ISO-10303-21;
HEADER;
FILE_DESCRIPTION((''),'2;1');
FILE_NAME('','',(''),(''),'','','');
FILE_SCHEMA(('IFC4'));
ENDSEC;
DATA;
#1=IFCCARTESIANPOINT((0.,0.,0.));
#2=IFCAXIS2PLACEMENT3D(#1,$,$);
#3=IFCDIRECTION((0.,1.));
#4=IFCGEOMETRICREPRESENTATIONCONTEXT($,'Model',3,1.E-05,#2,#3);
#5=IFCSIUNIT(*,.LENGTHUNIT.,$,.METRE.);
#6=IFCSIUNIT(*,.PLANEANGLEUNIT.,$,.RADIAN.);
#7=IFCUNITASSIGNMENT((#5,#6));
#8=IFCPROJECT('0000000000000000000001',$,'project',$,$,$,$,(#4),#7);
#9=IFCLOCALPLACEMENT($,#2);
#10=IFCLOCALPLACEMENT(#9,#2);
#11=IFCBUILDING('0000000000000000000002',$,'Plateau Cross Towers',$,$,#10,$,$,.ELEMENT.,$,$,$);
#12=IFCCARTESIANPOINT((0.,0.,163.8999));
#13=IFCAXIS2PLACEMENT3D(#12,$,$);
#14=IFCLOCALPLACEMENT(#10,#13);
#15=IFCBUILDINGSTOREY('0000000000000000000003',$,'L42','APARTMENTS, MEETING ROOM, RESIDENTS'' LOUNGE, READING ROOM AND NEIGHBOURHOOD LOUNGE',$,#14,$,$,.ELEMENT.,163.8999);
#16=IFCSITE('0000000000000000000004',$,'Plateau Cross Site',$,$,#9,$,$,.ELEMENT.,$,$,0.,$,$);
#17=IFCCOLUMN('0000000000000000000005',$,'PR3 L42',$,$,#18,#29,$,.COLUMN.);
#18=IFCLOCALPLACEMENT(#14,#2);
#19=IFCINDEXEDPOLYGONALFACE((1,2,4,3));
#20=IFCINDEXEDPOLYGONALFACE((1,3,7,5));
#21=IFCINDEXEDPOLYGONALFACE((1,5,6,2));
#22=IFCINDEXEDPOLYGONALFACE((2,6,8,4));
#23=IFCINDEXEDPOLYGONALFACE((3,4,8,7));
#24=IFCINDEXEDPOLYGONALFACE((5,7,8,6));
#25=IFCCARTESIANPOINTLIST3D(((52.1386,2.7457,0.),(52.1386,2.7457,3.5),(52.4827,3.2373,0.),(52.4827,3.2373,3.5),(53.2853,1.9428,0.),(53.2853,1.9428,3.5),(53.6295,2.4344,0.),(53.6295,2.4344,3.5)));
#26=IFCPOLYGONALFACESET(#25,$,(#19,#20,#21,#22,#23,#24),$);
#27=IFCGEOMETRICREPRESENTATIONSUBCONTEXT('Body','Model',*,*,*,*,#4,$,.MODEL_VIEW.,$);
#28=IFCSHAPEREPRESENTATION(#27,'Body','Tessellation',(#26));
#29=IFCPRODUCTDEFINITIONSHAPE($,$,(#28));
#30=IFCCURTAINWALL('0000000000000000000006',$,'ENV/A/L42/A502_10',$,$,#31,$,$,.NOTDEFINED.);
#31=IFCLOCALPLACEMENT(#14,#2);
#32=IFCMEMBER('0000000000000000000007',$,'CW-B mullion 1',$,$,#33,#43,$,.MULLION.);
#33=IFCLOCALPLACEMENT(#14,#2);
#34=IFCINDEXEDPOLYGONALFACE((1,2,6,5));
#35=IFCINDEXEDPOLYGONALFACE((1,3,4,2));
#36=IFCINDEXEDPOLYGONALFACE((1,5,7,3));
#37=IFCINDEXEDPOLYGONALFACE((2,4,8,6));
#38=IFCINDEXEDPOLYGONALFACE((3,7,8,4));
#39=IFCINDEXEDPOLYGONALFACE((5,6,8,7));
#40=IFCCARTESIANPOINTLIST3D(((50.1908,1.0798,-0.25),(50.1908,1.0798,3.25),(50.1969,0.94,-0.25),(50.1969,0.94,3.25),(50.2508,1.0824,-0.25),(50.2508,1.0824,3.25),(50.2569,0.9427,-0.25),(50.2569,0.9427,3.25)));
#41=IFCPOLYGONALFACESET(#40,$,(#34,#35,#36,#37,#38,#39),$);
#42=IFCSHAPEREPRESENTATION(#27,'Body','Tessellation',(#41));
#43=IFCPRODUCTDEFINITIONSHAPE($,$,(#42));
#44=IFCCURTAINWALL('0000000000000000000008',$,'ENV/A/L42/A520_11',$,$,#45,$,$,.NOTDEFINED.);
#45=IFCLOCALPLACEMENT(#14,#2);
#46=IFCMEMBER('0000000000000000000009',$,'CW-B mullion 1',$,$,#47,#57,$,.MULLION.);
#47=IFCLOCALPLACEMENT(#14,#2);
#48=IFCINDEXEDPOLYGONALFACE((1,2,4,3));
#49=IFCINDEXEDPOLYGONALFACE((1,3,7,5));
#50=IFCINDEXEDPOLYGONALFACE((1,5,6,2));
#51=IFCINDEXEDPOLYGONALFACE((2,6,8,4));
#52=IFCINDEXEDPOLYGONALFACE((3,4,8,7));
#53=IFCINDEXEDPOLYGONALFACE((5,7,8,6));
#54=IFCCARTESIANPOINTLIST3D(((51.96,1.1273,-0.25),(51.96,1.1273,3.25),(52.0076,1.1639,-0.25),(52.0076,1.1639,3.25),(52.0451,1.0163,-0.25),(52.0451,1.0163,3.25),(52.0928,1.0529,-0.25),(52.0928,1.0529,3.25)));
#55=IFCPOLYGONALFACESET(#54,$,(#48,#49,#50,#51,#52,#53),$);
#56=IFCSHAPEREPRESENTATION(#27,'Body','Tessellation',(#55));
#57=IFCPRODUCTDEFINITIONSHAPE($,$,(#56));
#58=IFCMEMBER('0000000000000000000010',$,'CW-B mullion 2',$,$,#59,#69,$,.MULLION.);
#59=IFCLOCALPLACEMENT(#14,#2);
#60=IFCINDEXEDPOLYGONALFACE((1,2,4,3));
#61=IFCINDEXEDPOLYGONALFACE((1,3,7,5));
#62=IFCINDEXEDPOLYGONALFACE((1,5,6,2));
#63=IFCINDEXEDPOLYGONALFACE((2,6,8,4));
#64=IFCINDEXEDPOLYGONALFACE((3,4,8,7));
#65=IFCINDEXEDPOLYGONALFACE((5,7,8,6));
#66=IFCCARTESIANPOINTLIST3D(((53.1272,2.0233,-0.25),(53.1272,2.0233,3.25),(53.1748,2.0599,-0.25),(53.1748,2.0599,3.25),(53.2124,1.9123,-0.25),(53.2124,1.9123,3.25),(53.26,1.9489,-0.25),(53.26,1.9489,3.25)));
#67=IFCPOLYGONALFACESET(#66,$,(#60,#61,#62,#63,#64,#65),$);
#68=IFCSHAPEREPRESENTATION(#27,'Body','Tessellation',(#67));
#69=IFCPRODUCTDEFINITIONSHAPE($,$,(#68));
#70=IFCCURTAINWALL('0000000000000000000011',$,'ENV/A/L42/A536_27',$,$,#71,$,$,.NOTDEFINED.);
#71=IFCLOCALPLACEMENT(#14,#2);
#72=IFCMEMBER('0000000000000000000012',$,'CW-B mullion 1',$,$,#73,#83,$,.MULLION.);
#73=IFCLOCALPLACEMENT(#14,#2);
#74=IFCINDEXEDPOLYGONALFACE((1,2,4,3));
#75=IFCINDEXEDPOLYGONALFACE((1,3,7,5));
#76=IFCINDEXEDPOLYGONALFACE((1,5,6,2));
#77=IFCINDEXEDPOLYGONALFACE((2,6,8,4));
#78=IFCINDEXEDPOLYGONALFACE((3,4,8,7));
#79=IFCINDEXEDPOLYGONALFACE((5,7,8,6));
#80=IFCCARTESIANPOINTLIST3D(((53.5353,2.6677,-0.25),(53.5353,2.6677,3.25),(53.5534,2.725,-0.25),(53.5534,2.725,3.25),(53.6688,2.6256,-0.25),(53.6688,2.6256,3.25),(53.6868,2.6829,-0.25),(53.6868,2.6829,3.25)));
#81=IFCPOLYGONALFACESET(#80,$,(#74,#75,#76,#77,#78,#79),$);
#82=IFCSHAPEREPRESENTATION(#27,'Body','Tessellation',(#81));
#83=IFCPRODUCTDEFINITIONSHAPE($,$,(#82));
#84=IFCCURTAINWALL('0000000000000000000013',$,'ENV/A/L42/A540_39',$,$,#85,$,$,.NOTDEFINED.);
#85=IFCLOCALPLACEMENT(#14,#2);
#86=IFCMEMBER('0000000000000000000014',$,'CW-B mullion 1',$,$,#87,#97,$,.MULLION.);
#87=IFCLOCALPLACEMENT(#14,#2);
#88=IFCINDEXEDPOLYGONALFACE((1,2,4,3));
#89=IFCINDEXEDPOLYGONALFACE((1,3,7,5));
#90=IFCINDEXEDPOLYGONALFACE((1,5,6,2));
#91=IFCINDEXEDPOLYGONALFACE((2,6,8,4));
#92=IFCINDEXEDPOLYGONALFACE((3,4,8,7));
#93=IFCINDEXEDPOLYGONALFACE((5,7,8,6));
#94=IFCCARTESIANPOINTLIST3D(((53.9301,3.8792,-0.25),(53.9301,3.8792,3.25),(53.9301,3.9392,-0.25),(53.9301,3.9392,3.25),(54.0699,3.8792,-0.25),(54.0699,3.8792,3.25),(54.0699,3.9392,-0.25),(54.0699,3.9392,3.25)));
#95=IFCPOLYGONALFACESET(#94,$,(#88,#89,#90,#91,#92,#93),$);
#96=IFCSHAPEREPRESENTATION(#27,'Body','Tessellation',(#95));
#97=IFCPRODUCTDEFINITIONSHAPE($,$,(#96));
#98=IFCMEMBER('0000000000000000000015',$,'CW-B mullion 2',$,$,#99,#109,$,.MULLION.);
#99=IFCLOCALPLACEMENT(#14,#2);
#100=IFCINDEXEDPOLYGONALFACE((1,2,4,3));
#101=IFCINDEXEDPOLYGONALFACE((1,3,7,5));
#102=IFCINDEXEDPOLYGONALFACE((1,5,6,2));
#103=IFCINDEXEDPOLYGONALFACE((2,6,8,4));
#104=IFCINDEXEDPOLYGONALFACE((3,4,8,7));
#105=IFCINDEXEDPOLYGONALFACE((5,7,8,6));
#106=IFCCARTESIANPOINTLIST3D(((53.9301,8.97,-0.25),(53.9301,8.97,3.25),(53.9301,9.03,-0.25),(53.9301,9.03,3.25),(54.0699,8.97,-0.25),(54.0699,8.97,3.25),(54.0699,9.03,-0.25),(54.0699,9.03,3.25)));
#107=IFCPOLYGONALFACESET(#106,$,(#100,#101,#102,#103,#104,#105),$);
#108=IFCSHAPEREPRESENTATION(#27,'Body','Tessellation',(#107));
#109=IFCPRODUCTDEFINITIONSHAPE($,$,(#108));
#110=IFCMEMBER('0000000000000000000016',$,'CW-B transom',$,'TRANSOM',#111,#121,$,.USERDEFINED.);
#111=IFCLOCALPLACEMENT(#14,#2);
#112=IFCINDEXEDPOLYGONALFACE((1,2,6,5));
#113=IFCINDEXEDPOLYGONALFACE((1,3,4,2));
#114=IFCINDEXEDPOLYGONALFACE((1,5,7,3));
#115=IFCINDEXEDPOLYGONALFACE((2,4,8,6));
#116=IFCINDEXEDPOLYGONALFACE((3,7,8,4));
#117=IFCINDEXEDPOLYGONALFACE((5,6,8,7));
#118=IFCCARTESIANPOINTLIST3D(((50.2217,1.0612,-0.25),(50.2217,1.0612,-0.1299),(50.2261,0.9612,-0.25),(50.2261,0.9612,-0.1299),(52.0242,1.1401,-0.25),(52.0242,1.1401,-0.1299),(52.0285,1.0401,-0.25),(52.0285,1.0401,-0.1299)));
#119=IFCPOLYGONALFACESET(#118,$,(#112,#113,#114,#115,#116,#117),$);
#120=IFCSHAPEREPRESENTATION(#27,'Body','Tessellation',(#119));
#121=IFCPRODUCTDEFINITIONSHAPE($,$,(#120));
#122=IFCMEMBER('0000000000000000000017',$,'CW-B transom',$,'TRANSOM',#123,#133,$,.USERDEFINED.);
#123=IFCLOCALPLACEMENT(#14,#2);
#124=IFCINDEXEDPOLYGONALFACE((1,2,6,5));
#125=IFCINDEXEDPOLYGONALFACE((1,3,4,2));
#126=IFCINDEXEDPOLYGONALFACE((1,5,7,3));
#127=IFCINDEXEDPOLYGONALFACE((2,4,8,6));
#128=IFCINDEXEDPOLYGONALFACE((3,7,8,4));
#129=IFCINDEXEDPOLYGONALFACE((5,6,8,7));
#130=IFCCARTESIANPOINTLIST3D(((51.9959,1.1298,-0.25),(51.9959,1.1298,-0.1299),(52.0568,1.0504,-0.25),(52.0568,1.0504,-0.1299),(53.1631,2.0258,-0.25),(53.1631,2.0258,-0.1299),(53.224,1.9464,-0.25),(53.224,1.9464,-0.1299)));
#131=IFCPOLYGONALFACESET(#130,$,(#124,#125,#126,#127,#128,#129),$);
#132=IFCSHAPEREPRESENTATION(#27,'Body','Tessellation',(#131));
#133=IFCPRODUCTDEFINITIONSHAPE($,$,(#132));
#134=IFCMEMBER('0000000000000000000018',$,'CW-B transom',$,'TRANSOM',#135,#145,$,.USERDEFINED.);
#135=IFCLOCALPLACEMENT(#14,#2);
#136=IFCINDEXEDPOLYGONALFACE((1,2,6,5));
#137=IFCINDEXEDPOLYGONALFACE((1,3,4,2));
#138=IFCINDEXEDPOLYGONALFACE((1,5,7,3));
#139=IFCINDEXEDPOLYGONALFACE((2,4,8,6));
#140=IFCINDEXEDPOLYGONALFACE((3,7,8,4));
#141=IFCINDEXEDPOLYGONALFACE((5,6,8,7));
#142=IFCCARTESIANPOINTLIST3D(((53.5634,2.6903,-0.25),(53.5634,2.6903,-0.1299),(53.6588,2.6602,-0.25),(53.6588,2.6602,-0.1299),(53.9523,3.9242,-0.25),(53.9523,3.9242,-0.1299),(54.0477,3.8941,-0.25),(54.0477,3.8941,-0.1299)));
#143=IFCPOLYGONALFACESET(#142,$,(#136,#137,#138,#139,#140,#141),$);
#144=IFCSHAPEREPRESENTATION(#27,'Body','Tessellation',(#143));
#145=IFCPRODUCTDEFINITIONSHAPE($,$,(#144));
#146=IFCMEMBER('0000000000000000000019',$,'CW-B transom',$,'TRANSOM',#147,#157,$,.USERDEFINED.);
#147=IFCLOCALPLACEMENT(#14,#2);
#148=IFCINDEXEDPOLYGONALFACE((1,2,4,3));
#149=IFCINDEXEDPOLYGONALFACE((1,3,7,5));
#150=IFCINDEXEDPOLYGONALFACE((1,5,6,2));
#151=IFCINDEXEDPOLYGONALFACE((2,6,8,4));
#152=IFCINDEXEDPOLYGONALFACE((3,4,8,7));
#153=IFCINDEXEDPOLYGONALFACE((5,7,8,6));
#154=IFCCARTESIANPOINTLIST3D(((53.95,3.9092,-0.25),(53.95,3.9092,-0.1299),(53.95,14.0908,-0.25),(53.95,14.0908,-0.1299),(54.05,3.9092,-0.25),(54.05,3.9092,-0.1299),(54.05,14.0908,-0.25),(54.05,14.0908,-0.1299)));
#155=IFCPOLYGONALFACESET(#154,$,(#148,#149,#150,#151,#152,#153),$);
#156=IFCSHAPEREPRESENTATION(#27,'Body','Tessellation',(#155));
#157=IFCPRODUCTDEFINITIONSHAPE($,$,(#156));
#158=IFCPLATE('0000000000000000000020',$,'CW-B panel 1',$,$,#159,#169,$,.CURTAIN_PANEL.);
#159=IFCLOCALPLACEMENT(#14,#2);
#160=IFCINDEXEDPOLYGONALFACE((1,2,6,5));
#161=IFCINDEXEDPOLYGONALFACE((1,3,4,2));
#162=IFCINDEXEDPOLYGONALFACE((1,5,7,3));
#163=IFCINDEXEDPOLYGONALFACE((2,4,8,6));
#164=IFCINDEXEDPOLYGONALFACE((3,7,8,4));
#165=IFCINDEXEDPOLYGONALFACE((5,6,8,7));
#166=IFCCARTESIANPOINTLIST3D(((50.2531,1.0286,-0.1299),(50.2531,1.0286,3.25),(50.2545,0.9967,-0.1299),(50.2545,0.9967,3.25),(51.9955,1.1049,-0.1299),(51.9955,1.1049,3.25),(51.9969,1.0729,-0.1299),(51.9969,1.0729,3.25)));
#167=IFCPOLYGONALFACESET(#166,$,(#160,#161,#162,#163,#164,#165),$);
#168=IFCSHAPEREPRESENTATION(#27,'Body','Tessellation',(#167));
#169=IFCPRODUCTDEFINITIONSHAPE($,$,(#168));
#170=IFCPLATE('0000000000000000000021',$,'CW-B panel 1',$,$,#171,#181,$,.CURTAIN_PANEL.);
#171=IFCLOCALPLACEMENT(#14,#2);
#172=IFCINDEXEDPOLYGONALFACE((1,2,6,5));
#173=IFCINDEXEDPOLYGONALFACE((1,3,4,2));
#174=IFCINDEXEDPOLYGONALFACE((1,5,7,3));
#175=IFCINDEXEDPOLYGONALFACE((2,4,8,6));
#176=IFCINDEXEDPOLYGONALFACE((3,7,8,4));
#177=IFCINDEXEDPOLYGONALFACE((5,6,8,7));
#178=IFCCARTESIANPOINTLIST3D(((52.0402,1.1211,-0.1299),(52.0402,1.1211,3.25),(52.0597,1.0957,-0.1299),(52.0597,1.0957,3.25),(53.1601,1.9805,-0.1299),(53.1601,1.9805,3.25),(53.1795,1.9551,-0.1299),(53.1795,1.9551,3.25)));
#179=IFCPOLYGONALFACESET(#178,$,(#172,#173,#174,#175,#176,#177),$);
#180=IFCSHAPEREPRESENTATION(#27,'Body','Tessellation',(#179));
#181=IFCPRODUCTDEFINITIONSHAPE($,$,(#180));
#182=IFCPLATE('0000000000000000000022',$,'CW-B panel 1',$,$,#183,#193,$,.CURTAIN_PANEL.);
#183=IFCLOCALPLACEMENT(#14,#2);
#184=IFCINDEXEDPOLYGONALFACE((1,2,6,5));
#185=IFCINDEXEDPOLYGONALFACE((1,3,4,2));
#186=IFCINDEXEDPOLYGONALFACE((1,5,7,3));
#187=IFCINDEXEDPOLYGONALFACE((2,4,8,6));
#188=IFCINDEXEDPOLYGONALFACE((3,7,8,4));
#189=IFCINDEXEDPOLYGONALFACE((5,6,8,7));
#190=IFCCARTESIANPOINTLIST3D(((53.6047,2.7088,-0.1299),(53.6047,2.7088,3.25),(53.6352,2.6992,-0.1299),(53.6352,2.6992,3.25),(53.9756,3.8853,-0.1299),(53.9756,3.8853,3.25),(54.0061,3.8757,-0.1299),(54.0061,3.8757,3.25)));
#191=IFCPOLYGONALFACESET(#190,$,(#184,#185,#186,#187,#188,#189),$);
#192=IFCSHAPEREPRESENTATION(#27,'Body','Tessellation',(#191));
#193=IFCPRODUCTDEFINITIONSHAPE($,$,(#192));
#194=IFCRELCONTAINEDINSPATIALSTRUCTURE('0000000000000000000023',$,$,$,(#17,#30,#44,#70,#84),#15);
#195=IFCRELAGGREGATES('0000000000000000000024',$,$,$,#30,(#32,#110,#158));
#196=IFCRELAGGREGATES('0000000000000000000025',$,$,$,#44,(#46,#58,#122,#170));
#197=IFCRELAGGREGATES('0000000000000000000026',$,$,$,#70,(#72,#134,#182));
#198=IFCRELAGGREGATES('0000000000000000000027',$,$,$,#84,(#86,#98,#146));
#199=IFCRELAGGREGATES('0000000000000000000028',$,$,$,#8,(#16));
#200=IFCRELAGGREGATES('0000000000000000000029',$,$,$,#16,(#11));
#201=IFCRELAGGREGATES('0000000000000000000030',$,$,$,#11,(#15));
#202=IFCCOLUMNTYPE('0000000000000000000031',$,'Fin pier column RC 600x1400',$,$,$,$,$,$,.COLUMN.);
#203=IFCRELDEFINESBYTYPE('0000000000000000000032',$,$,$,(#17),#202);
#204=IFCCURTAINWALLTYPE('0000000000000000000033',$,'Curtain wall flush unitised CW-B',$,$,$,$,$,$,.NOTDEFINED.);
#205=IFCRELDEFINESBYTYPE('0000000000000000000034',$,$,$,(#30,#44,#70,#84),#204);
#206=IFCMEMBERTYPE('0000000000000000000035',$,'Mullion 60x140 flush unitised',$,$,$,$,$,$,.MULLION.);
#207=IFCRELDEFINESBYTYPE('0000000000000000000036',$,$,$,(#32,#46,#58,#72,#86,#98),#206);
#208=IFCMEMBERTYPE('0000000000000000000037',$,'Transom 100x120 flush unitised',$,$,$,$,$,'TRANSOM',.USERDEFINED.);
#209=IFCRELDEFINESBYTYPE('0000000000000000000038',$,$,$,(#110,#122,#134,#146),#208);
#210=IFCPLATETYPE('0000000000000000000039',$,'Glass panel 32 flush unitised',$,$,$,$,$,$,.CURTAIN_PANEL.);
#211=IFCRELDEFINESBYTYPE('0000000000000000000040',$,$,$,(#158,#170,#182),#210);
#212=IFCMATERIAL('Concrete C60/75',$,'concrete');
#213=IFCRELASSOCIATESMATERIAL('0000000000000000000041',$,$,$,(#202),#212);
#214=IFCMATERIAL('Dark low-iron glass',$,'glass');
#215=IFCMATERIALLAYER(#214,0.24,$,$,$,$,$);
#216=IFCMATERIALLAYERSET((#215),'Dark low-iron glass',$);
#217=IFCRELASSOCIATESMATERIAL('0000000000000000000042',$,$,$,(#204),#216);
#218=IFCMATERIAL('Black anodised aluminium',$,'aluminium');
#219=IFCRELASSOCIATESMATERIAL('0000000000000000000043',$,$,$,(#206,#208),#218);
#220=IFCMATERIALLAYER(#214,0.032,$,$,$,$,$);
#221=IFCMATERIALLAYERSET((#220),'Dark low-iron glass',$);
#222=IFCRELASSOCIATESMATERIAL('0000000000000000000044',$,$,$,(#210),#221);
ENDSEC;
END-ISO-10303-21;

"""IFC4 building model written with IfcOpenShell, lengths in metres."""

from ifc_helpers import new_model, si_unit, direction, frame, origin, origin_2d, place, context, subcontext, project, spatial, rectangle, extrude, material, layer, layer_set, material_profile, profile_set, type_object, element, aggregate, save


model = new_model("IFC4")

# Units and contexts
model_context = context("Model", 3, precision=1e-05, world=origin(), true_north=direction((0.0, 1.0)))
body_context = subcontext(model_context, "Body", "Model", "MODEL_VIEW")
ifc_project = project(units=[si_unit("LENGTHUNIT", "METRE"), si_unit("PLANEANGLEUNIT", "RADIAN")], contexts=[model_context])

# Site, building, storey
site_placement = place(None, origin())
site = spatial("IfcSite", under=ifc_project, at=site_placement, Name="Plateau Cross Site", CompositionType="ELEMENT", RefElevation=0.0)
building_placement = place(site_placement, origin())
building = spatial("IfcBuilding", under=site, at=building_placement, Name="Plateau Cross Towers", CompositionType="ELEMENT")
storey_placement = place(building_placement, frame((0.0, 0.0, 163.8999)))
storey = spatial("IfcBuildingStorey", under=building, at=storey_placement, Name="L42", Description="APARTMENTS, MEETING ROOM, RESIDENTS' LOUNGE, READING ROOM AND NEIGHBOURHOOD LOUNGE", CompositionType="ELEMENT", Elevation=163.8999)

# Column
ifc_material_1 = material(Name="Concrete C60/75", Category="concrete")
ifc_material_profile_1 = material_profile(ifc_material_1, rectangle(XDim=0.6001, YDim=1.3999, at=origin_2d()), Name="RC 600x1400")
ifc_profile_set_1 = profile_set([ifc_material_profile_1], Name="Concrete C60/75")
column_type = type_object("IfcColumnType", Name="Fin pier column RC 600x1400", PredefinedType="COLUMN", material=ifc_profile_set_1)
column_placement = place(storey_placement, frame((52.884, 2.5901, 0.0), z_axis=(0.0, 0.0, 1.0), x_axis=(0.573543, 0.819176, 0.0)))
element("IfcColumn", 1, at=column_placement, inside=storey, type_object=column_type, Name="PR3 L42", PredefinedType="COLUMN", context=body_context, shape_type="SweptSolid", body=[
    extrude(rectangle(XDim=0.6001, YDim=1.3999, at=origin_2d()), origin(), (0.0, 0.0, 1.0), 3.5),
])

# Curtain wall, member
ifc_material_2 = material(Name="Dark low-iron glass", Category="glass")
ifc_layer_1 = layer(ifc_material_2, 0.24)
ifc_layer_set_1 = layer_set([ifc_layer_1], Name="Dark low-iron glass")
curtain_wall_type_1 = type_object("IfcCurtainWallType", Name="Curtain wall flush unitised CW-B", PredefinedType="NOTDEFINED", material=ifc_layer_set_1)
curtain_wall_1_placement = place(storey_placement, origin())
curtain_wall_1 = element("IfcCurtainWall", 2, at=curtain_wall_1_placement, inside=storey, type_object=curtain_wall_type_1, Name="ENV/A/L42/A502_10", PredefinedType="NOTDEFINED")
ifc_material_3 = material(Name="Black anodised aluminium", Category="aluminium")
ifc_material_profile_2 = material_profile(ifc_material_3, rectangle(XDim=0.0601, YDim=0.1399, at=origin_2d()), Name="MULLION 60x140")
ifc_profile_set_2 = profile_set([ifc_material_profile_2], Name="Black anodised aluminium")
member_type_1 = type_object("IfcMemberType", Name="Mullion 60x140 flush unitised", PredefinedType="MULLION", material=ifc_profile_set_2)
member_1_placement = place(storey_placement, frame((50.2239, 1.0112, -0.25), z_axis=(0.0, 0.0, 1.0), x_axis=(0.999044, 0.043723, 0.0)))
member_1 = element("IfcMember", 3, at=member_1_placement, type_object=member_type_1, Name="CW-B mullion 1", PredefinedType="MULLION", context=body_context, shape_type="SweptSolid", body=[
    extrude(rectangle(XDim=0.0601, YDim=0.1399, at=origin_2d()), origin(), (0.0, 0.0, 1.0), 3.5),
])

# Curtain wall, members
curtain_wall_2_placement = place(storey_placement, origin())
curtain_wall_2 = element("IfcCurtainWall", 4, at=curtain_wall_2_placement, inside=storey, type_object=curtain_wall_type_1, Name="ENV/A/L42/A520_11", PredefinedType="NOTDEFINED")
member_2_placement = place(storey_placement, frame((52.0264, 1.0901, -0.25), z_axis=(0.0, 0.0, 1.0), x_axis=(0.793316, 0.608811, 0.0)))
member_2 = element("IfcMember", 5, at=member_2_placement, type_object=member_type_1, Name="CW-B mullion 1", PredefinedType="MULLION", context=body_context, shape_type="SweptSolid", body=[
    extrude(rectangle(XDim=0.0601, YDim=0.1399, at=origin_2d()), origin(), (0.0, 0.0, 1.0), 3.5),
])
member_3_placement = place(storey_placement, frame((53.1936, 1.9861, -0.25), z_axis=(0.0, 0.0, 1.0), x_axis=(0.793316, 0.608811, 0.0)))
member_3 = element("IfcMember", 6, at=member_3_placement, type_object=member_type_1, Name="CW-B mullion 2", PredefinedType="MULLION", context=body_context, shape_type="SweptSolid", body=[
    extrude(rectangle(XDim=0.0601, YDim=0.1399, at=origin_2d()), origin(), (0.0, 0.0, 1.0), 3.5),
])

# Curtain wall, member
curtain_wall_3_placement = place(storey_placement, origin())
curtain_wall_3 = element("IfcCurtainWall", 7, at=curtain_wall_3_placement, inside=storey, type_object=curtain_wall_type_1, Name="ENV/A/L42/A536_27", PredefinedType="NOTDEFINED")
member_4_placement = place(storey_placement, frame((53.6111, 2.6753, -0.25), z_axis=(0.0, 0.0, 1.0), x_axis=(0.300686, 0.953723, 0.0)))
member_4 = element("IfcMember", 8, at=member_4_placement, type_object=member_type_1, Name="CW-B mullion 1", PredefinedType="MULLION", context=body_context, shape_type="SweptSolid", body=[
    extrude(rectangle(XDim=0.0601, YDim=0.1399, at=origin_2d()), origin(), (0.0, 0.0, 1.0), 3.5),
])

# Curtain wall, members
curtain_wall_4_placement = place(storey_placement, origin())
curtain_wall_4 = element("IfcCurtainWall", 9, at=curtain_wall_4_placement, inside=storey, type_object=curtain_wall_type_1, Name="ENV/A/L42/A540_39", PredefinedType="NOTDEFINED")
member_5_placement = place(storey_placement, frame((54.0, 3.9092, -0.25), z_axis=(0.0, 0.0, 1.0), x_axis=(0.0, 1.0, 0.0)))
member_5 = element("IfcMember", 10, at=member_5_placement, type_object=member_type_1, Name="CW-B mullion 1", PredefinedType="MULLION", context=body_context, shape_type="SweptSolid", body=[
    extrude(rectangle(XDim=0.0601, YDim=0.1399, at=origin_2d()), origin(), (0.0, 0.0, 1.0), 3.5),
])
member_6_placement = place(storey_placement, frame((54.0, 9.0, -0.25), z_axis=(0.0, 0.0, 1.0), x_axis=(0.0, 1.0, 0.0)))
member_6 = element("IfcMember", 11, at=member_6_placement, type_object=member_type_1, Name="CW-B mullion 2", PredefinedType="MULLION", context=body_context, shape_type="SweptSolid", body=[
    extrude(rectangle(XDim=0.0601, YDim=0.1399, at=origin_2d()), origin(), (0.0, 0.0, 1.0), 3.5),
])

# Members
ifc_material_profile_3 = material_profile(ifc_material_3, rectangle(XDim=0.1001, YDim=0.1201, at=origin_2d()), Name="TRANSOM 100x120")
ifc_profile_set_3 = profile_set([ifc_material_profile_3], Name="Black anodised aluminium")
member_type_2 = type_object("IfcMemberType", Name="Transom 100x120 flush unitised", ElementType="TRANSOM", PredefinedType="USERDEFINED", material=ifc_profile_set_3)
member_7_placement = place(storey_placement, frame((50.2239, 1.0112, -0.1899), z_axis=(0.999044, 0.043707, 0.0), x_axis=(-0.043707, 0.999044, 0.0)))
member_7 = element("IfcMember", 12, at=member_7_placement, type_object=member_type_2, Name="CW-B transom", ObjectType="TRANSOM", PredefinedType="USERDEFINED", context=body_context, shape_type="SweptSolid", body=[
    extrude(rectangle(XDim=0.1001, YDim=0.1201, at=origin_2d()), origin(), (0.0, 0.0, 1.0), 1.8042),
])
member_8_placement = place(storey_placement, frame((52.0264, 1.0901, -0.1899), z_axis=(0.79324, 0.608909, 0.0), x_axis=(-0.608909, 0.79324, 0.0)))
member_8 = element("IfcMember", 13, at=member_8_placement, type_object=member_type_2, Name="CW-B transom", ObjectType="TRANSOM", PredefinedType="USERDEFINED", context=body_context, shape_type="SweptSolid", body=[
    extrude(rectangle(XDim=0.1001, YDim=0.1201, at=origin_2d()), origin(), (0.0, 0.0, 1.0), 1.4714),
])
member_9_placement = place(storey_placement, frame((53.6111, 2.6753, -0.1899), z_axis=(0.300617, 0.953745, 0.0), x_axis=(-0.953745, 0.300617, 0.0)))
member_9 = element("IfcMember", 14, at=member_9_placement, type_object=member_type_2, Name="CW-B transom", ObjectType="TRANSOM", PredefinedType="USERDEFINED", context=body_context, shape_type="SweptSolid", body=[
    extrude(rectangle(XDim=0.1001, YDim=0.1201, at=origin_2d()), origin(), (0.0, 0.0, 1.0), 1.2937),
])
member_10_placement = place(storey_placement, frame((54.0, 3.9092, -0.1899), z_axis=(0.0, 1.0, 0.0), x_axis=(-1.0, 0.0, 0.0)))
member_10 = element("IfcMember", 15, at=member_10_placement, type_object=member_type_2, Name="CW-B transom", ObjectType="TRANSOM", PredefinedType="USERDEFINED", context=body_context, shape_type="SweptSolid", body=[
    extrude(rectangle(XDim=0.1001, YDim=0.1201, at=origin_2d()), origin(), (0.0, 0.0, 1.0), 10.1816),
])

# Plates
ifc_layer_2 = layer(ifc_material_2, 0.032)
ifc_layer_set_2 = layer_set([ifc_layer_2], Name="Dark low-iron glass")
plate_type_1 = type_object("IfcPlateType", Name="Glass panel 32 flush unitised", PredefinedType="CURTAIN_PANEL", material=ifc_layer_set_2)
plate_1_placement = place(storey_placement, frame((51.125, 1.0508, -0.1299), z_axis=(0.0, 0.0, 1.0), x_axis=(0.999044, 0.043723, 0.0)))
plate_1 = element("IfcPlate", 16, at=plate_1_placement, type_object=plate_type_1, Name="CW-B panel 1", PredefinedType="CURTAIN_PANEL", context=body_context, shape_type="SweptSolid", body=[
    extrude(rectangle(XDim=1.7441, YDim=0.032, at=origin_2d()), origin(), (0.0, 0.0, 1.0), 3.3799),
])
aggregate(curtain_wall_1, [member_1, member_7, plate_1])
plate_2_placement = place(storey_placement, frame((52.6099, 1.5381, -0.1299), z_axis=(0.0, 0.0, 1.0), x_axis=(0.793316, 0.608811, 0.0)))
plate_2 = element("IfcPlate", 17, at=plate_2_placement, type_object=plate_type_1, Name="CW-B panel 1", PredefinedType="CURTAIN_PANEL", context=body_context, shape_type="SweptSolid", body=[
    extrude(rectangle(XDim=1.4116, YDim=0.032, at=origin_2d()), origin(), (0.0, 0.0, 1.0), 3.3799),
])
aggregate(curtain_wall_2, [member_2, member_3, member_8, plate_2])
plate_3_placement = place(storey_placement, frame((53.8054, 3.2922, -0.1299), z_axis=(0.0, 0.0, 1.0), x_axis=(0.300686, 0.953723, 0.0)))
plate_3 = element("IfcPlate", 18, at=plate_3_placement, type_object=plate_type_1, Name="CW-B panel 1", PredefinedType="CURTAIN_PANEL", context=body_context, shape_type="SweptSolid", body=[
    extrude(rectangle(XDim=1.2336, YDim=0.032, at=origin_2d()), origin(), (0.0, 0.0, 1.0), 3.3799),
])
aggregate(curtain_wall_3, [member_4, member_9, plate_3])
aggregate(curtain_wall_4, [member_5, member_6, member_10])

save(model, "model.ifc")
